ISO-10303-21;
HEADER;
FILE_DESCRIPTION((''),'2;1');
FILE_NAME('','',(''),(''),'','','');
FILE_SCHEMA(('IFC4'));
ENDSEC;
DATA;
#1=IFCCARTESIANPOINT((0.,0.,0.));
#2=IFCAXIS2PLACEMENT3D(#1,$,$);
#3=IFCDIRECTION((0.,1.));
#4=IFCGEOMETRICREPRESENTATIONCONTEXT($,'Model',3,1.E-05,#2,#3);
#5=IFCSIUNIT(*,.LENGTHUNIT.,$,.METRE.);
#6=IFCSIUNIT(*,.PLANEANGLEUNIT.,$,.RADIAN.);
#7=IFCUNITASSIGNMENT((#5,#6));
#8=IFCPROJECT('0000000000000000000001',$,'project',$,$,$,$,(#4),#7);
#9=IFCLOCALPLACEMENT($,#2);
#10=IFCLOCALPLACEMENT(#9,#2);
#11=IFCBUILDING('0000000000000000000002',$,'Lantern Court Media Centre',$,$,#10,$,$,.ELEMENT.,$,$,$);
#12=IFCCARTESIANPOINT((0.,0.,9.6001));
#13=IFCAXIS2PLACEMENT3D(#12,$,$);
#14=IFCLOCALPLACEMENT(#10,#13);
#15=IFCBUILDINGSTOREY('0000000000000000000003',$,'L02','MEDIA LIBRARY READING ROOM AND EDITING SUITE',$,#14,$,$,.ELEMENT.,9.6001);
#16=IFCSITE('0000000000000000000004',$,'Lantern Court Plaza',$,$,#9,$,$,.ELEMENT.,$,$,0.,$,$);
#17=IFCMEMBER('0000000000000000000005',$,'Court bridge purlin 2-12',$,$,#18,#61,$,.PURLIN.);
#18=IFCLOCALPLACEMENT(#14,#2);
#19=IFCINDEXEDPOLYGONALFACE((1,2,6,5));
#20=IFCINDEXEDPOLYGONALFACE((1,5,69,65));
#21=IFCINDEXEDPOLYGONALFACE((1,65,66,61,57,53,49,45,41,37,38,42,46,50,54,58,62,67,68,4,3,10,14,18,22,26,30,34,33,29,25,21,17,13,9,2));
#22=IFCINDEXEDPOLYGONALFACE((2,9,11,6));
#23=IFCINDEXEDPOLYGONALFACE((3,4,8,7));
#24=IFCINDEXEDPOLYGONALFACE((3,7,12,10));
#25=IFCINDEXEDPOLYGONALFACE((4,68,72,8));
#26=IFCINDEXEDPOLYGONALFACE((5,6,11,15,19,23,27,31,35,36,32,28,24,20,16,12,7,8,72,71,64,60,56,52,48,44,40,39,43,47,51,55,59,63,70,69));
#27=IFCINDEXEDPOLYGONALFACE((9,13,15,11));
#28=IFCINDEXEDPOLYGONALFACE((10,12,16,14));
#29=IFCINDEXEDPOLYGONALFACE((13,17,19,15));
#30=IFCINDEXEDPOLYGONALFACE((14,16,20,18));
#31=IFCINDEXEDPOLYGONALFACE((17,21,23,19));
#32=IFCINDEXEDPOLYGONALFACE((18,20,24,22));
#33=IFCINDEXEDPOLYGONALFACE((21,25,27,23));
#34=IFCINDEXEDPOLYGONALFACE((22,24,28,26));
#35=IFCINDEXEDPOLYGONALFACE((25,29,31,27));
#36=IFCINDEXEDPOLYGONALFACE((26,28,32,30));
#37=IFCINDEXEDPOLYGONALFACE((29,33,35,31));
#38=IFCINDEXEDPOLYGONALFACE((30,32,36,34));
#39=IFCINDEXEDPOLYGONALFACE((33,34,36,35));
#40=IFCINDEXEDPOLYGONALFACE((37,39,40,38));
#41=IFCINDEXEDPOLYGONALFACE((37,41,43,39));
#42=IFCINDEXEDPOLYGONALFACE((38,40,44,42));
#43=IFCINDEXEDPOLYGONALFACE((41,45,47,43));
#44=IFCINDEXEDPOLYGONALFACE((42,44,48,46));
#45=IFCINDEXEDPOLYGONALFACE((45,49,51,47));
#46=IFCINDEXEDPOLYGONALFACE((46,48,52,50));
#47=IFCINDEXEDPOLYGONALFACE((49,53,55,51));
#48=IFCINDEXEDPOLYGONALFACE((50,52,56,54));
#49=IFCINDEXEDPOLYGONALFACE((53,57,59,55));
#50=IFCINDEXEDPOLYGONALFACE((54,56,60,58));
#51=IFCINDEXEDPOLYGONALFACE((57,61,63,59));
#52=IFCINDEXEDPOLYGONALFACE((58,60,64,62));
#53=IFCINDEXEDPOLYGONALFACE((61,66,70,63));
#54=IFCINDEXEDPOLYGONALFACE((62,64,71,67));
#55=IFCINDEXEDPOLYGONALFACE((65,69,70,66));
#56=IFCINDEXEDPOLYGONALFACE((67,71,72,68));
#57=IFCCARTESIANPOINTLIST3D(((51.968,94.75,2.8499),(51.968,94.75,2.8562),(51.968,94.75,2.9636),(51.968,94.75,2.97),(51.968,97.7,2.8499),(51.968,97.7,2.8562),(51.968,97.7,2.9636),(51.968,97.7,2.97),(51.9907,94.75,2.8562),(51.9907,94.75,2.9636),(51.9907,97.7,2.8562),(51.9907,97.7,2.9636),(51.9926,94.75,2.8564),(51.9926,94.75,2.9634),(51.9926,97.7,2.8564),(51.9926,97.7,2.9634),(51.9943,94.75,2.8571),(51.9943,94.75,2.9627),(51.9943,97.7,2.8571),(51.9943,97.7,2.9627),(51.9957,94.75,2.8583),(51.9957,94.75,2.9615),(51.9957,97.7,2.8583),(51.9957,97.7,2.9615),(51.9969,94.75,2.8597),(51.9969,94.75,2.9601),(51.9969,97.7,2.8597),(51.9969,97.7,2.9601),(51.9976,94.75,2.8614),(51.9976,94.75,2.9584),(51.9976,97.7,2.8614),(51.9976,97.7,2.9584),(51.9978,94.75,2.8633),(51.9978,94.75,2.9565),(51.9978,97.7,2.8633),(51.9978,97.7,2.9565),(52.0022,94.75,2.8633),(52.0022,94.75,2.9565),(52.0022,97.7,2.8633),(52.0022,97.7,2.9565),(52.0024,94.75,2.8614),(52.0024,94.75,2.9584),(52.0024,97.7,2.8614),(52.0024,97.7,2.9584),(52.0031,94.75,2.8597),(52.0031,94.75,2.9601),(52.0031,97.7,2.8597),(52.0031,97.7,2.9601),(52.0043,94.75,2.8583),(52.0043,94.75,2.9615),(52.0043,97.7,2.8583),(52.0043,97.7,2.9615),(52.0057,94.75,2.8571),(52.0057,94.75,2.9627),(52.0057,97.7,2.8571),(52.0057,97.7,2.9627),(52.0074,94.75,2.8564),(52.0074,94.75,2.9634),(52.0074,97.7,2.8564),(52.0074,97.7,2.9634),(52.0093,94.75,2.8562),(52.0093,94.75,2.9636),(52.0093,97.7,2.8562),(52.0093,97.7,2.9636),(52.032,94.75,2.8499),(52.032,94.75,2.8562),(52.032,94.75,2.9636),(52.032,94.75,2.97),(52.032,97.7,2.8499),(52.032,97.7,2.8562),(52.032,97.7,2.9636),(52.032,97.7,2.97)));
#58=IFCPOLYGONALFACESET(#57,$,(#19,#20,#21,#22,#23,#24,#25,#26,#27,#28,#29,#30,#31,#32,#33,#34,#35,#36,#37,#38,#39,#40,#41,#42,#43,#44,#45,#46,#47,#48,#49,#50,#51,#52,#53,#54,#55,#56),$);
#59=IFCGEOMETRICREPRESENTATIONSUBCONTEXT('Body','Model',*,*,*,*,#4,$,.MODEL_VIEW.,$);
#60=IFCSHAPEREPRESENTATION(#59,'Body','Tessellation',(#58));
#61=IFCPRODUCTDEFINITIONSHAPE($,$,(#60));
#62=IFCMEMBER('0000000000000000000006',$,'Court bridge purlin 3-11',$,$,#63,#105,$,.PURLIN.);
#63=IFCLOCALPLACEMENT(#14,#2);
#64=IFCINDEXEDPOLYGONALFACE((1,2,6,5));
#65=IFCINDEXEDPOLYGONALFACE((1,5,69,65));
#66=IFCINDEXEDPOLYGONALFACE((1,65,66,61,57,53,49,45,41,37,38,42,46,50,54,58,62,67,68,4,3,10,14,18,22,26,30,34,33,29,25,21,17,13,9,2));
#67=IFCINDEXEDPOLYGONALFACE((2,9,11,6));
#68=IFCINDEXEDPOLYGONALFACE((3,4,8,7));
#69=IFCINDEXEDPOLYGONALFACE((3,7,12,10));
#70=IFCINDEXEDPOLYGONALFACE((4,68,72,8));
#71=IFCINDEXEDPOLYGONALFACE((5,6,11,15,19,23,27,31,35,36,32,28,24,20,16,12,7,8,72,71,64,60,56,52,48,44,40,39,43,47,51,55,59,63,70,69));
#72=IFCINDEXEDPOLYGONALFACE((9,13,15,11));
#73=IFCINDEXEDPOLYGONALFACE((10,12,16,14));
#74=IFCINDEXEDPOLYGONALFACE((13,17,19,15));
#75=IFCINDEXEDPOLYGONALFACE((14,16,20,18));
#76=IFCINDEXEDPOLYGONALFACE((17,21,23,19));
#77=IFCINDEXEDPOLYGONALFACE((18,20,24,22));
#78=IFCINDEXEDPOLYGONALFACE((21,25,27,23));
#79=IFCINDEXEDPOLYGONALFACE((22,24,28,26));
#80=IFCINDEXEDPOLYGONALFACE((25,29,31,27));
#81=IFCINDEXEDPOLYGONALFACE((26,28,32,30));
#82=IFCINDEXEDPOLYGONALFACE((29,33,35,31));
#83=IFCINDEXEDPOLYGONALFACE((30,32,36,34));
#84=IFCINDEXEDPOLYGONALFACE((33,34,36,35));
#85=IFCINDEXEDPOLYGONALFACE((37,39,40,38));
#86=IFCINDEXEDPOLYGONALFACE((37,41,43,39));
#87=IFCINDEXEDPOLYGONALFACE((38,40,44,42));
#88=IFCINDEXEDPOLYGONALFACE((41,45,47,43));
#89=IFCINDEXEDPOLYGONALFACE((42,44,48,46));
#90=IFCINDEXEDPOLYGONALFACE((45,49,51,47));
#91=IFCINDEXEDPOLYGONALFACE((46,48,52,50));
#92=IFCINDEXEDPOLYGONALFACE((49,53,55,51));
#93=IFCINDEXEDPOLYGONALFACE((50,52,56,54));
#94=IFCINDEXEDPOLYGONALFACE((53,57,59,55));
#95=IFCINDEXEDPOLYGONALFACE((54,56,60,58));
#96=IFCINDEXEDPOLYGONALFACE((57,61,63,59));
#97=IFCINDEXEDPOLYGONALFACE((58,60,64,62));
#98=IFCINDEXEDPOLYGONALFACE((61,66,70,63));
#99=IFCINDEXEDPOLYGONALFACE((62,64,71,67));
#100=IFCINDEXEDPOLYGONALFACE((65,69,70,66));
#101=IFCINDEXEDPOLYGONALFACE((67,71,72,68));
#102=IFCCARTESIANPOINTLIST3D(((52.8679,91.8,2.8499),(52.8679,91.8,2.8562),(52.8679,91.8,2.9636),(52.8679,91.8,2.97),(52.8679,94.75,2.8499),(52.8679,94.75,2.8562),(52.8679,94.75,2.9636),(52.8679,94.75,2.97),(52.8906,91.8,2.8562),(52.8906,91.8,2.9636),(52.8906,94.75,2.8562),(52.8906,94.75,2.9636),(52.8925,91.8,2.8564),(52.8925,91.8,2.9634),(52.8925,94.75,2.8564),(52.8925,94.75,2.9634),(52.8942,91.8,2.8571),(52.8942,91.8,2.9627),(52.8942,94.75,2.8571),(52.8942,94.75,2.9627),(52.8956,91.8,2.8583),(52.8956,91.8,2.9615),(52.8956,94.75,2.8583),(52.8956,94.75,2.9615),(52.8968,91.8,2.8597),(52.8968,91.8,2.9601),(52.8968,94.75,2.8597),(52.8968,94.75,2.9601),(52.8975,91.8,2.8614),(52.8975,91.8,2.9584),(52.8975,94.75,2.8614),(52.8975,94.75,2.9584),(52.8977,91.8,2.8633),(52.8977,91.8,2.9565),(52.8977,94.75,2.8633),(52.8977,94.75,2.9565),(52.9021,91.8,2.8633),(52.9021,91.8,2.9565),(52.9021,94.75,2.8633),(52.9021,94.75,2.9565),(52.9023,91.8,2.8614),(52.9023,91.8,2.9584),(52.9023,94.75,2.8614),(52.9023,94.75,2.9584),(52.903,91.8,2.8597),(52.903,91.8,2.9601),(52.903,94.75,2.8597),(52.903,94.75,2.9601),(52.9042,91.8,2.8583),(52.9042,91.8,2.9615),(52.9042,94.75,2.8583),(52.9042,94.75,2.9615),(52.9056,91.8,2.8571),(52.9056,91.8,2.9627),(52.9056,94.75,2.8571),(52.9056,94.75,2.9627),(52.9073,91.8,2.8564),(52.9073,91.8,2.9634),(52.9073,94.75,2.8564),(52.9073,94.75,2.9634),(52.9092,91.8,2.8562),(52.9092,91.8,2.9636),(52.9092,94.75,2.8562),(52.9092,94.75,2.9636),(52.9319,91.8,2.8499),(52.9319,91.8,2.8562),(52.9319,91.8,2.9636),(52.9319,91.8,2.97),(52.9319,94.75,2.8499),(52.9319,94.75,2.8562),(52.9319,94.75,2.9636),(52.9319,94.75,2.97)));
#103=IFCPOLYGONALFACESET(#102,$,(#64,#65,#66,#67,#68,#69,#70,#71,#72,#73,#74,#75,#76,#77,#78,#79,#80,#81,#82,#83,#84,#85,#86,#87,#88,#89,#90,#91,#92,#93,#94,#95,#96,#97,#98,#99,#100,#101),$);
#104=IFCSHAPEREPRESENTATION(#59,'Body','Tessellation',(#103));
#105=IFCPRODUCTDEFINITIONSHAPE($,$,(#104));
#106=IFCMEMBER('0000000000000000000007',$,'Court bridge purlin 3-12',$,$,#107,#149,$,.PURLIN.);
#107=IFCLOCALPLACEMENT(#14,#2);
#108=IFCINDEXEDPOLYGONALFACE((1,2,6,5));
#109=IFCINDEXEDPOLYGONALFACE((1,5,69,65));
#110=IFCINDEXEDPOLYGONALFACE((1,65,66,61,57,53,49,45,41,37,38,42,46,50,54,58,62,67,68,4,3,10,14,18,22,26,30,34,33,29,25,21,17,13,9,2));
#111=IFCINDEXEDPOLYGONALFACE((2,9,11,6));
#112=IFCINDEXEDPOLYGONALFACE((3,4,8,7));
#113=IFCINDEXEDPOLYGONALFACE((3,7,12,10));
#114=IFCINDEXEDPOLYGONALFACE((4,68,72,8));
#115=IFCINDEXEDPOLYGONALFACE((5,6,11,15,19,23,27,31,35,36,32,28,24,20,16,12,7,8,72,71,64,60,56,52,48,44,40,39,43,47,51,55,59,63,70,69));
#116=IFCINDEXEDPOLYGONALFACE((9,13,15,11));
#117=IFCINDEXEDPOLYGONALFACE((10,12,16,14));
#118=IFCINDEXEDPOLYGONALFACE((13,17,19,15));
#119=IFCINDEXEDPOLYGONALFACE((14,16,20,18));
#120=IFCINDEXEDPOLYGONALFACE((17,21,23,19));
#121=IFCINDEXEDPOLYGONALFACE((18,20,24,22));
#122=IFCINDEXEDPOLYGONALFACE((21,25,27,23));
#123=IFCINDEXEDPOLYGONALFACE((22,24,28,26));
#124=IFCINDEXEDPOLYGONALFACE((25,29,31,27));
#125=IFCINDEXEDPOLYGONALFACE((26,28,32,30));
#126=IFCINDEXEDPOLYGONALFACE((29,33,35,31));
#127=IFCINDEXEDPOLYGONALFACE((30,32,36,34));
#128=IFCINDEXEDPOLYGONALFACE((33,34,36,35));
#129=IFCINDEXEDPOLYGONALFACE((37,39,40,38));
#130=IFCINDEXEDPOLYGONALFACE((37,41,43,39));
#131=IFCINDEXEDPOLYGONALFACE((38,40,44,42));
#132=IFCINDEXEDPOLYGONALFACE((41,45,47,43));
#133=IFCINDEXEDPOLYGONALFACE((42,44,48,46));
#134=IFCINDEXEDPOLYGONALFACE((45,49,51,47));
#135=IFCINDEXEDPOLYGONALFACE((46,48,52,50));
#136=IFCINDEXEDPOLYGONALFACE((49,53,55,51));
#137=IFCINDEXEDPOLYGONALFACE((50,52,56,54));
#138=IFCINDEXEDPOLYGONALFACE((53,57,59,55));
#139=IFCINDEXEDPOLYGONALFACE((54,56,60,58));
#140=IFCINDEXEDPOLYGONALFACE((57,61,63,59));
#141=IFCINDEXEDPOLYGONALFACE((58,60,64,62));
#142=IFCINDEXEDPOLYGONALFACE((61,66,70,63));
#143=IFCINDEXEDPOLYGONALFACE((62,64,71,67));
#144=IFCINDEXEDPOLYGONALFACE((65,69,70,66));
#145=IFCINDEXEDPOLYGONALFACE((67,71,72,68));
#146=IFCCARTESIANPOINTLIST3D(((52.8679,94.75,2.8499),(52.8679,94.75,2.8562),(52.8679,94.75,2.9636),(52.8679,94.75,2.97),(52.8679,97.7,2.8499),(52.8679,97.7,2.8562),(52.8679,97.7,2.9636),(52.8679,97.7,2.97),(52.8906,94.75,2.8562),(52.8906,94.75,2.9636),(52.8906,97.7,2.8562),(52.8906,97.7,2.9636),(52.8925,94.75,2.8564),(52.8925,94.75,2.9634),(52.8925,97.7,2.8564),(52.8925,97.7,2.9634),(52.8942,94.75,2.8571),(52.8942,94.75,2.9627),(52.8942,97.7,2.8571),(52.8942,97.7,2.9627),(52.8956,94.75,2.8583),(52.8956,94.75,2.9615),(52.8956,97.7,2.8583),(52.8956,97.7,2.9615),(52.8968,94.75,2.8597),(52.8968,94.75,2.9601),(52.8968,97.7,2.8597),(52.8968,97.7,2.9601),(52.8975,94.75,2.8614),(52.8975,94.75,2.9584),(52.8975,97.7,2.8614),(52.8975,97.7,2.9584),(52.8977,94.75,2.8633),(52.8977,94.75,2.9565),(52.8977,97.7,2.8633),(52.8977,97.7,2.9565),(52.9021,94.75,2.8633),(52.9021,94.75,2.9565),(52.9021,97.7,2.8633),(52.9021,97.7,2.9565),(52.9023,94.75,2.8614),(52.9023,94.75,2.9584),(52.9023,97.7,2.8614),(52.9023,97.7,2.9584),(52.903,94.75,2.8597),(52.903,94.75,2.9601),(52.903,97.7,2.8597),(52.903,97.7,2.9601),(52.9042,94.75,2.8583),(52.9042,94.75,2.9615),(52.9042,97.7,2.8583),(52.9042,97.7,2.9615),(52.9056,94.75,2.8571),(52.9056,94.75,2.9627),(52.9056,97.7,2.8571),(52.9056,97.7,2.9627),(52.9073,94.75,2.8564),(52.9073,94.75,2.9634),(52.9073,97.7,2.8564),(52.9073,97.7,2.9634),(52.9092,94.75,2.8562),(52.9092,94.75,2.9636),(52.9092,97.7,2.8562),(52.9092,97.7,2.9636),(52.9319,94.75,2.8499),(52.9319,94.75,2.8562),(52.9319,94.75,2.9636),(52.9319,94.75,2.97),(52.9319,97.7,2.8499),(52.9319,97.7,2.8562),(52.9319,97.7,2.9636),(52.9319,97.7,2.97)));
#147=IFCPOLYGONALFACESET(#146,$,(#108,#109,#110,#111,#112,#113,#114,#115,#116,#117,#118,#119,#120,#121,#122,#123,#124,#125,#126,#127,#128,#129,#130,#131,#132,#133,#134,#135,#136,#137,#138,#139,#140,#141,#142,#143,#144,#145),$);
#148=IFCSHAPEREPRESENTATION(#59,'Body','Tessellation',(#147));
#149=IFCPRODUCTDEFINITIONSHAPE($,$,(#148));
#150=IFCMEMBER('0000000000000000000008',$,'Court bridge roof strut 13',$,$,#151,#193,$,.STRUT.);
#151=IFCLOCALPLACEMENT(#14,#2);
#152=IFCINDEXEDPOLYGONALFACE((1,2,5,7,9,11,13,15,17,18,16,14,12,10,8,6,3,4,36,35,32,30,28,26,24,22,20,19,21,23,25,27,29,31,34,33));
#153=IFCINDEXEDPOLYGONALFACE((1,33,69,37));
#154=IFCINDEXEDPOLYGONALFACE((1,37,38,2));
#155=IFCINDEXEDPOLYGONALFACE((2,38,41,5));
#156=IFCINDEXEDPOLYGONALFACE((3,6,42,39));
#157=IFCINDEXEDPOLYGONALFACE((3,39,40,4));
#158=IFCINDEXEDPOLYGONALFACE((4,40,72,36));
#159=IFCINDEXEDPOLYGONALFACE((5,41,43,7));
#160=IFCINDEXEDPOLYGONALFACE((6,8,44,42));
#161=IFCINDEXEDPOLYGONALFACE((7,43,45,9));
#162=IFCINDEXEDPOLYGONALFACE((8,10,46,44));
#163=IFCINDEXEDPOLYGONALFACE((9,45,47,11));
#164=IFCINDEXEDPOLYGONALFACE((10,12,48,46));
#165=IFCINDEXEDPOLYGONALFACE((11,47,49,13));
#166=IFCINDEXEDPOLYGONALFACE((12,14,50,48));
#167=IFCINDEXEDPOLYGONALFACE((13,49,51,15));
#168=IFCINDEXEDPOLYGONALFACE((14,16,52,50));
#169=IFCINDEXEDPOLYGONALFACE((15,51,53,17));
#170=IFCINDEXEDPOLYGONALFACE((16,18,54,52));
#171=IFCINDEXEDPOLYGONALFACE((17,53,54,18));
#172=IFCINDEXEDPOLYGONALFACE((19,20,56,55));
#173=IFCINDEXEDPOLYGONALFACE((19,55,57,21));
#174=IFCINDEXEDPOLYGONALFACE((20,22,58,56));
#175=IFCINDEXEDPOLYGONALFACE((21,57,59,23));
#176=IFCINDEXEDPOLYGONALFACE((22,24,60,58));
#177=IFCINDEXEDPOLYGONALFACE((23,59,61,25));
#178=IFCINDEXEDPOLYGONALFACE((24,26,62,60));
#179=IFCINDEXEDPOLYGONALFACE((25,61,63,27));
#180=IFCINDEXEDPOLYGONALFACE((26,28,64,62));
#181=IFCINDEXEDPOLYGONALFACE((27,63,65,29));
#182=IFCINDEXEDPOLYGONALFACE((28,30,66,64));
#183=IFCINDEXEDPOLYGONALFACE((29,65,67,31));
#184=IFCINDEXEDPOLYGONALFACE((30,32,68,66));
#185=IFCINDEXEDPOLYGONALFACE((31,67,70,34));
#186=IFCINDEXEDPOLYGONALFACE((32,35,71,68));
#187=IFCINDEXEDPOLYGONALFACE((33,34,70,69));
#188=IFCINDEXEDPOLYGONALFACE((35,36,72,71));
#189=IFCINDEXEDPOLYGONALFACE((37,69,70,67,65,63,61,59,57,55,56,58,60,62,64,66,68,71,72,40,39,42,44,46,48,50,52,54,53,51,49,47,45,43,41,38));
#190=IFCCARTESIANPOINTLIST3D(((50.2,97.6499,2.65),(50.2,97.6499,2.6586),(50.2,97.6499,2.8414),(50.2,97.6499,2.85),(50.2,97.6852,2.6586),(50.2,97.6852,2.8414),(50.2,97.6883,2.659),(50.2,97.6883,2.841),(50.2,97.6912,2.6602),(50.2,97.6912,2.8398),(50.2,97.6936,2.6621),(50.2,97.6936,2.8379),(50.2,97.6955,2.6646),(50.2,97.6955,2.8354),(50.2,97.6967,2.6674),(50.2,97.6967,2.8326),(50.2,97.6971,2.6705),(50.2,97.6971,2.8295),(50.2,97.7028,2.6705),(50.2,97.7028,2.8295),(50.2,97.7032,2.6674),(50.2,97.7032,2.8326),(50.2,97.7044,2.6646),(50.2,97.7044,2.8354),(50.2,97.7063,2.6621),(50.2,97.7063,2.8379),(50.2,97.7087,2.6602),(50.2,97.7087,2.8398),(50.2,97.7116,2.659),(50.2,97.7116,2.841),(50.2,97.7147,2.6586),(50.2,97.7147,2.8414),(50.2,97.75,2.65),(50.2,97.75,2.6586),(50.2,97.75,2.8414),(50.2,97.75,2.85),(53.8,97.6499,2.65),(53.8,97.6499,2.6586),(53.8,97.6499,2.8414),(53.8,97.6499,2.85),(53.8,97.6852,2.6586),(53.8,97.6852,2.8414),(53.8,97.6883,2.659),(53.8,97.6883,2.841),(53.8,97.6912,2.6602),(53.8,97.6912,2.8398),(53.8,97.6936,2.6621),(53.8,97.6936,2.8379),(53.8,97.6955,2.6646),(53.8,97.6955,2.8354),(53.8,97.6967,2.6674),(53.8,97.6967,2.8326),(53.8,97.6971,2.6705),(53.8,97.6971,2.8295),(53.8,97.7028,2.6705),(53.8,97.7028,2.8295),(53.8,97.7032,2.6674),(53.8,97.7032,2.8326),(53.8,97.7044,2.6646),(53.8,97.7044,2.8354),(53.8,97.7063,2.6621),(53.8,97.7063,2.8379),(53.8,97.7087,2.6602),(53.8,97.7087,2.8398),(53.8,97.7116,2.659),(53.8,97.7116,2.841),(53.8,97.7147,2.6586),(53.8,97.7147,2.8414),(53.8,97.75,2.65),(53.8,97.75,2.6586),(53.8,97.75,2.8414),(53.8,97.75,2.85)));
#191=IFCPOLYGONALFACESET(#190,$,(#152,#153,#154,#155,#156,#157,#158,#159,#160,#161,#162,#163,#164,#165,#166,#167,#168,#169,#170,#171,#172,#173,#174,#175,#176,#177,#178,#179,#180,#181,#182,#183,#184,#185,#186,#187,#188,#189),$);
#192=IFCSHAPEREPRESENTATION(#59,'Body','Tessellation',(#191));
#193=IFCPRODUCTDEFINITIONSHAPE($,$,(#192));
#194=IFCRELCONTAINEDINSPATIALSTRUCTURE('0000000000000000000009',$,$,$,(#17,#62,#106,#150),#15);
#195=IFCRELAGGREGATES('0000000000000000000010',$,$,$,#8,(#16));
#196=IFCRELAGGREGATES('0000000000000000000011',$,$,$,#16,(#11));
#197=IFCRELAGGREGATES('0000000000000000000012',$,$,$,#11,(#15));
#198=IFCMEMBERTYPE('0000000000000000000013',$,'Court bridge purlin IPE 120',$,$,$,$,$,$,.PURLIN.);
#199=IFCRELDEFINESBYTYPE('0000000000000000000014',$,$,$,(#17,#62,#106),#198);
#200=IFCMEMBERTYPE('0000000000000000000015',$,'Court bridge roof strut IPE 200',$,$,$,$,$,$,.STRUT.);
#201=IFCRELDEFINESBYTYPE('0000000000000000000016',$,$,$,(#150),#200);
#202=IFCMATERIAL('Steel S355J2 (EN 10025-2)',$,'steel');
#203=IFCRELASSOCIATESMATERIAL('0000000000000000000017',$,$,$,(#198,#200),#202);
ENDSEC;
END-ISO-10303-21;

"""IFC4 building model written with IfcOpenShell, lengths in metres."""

from ifc_helpers import new_model, si_unit, direction, frame, origin, origin_2d, place, context, subcontext, project, spatial, i_section, extrude, material, material_profile, profile_set, type_object, element, save


model = new_model("IFC4")

# Units and contexts
model_context = context("Model", 3, precision=1e-05, world=origin(), true_north=direction((0.0, 1.0)))
body_context = subcontext(model_context, "Body", "Model", "MODEL_VIEW")
ifc_project = project(units=[si_unit("LENGTHUNIT", "METRE"), si_unit("PLANEANGLEUNIT", "RADIAN")], contexts=[model_context])

# Site, building, storey
site_placement = place(None, origin())
site = spatial("IfcSite", under=ifc_project, at=site_placement, Name="Lantern Court Plaza", CompositionType="ELEMENT", RefElevation=0.0)
building_placement = place(site_placement, origin())
building = spatial("IfcBuilding", under=site, at=building_placement, Name="Lantern Court Media Centre", CompositionType="ELEMENT")
storey_placement = place(building_placement, frame((0.0, 0.0, 9.6001)))
storey = spatial("IfcBuildingStorey", under=building, at=storey_placement, Name="L02", Description="MEDIA LIBRARY READING ROOM AND EDITING SUITE", CompositionType="ELEMENT", Elevation=9.6001)

# Shared definitions
ifc_material_1 = material(Name="Steel S355J2 (EN 10025-2)", Category="steel")

# Members
ifc_material_profile_1 = material_profile(ifc_material_1, i_section(OverallWidth=0.064, OverallDepth=0.1201, WebThickness=0.0044, FlangeThickness=0.0063, FilletRadius=0.0071, at=origin_2d()), Name="IPE 120")
ifc_profile_set_1 = profile_set([ifc_material_profile_1], Name="Steel S355J2 (EN 10025-2)")
member_type_1 = type_object("IfcMemberType", Name="Court bridge purlin IPE 120", PredefinedType="PURLIN", material=ifc_profile_set_1)
for number, where, z_axis, x_axis, name in (
    (1, (52.0, 94.75, 2.9099), (0.0, 1.0, 0.0), (-1.0, 0.0, 0.0), "Court bridge purlin 2-12"),
    (2, (52.8999, 91.8, 2.9099), (0.0, 1.0, 0.0), (-1.0, 0.0, 0.0), "Court bridge purlin 3-11"),
    (3, (52.8999, 94.75, 2.9099), (0.0, 1.0, 0.0), (-1.0, 0.0, 0.0), "Court bridge purlin 3-12"),
):
    element("IfcMember", number, at=place(storey_placement, frame(where, z_axis=z_axis, x_axis=x_axis)), inside=storey, type_object=member_type_1, Name=name, PredefinedType="PURLIN", context=body_context, shape_type="SweptSolid", body=[
        extrude(i_section(OverallWidth=0.064, OverallDepth=0.1201, WebThickness=0.0044, FlangeThickness=0.0063, FilletRadius=0.0071, at=origin_2d()), origin(), (0.0, 0.0, 1.0), 2.95),
    ])
ifc_material_profile_2 = material_profile(ifc_material_1, i_section(OverallWidth=0.1001, OverallDepth=0.2, WebThickness=0.0056, FlangeThickness=0.0085, FilletRadius=0.012, at=origin_2d()), Name="IPE 200")
ifc_profile_set_2 = profile_set([ifc_material_profile_2], Name="Steel S355J2 (EN 10025-2)")
member_type_2 = type_object("IfcMemberType", Name="Court bridge roof strut IPE 200", PredefinedType="STRUT", material=ifc_profile_set_2)
member_1_placement = place(storey_placement, frame((50.2, 97.7, 2.75), z_axis=(1.0, 0.0, 0.0), x_axis=(0.0, 1.0, 0.0)))
element("IfcMember", 4, at=member_1_placement, inside=storey, type_object=member_type_2, Name="Court bridge roof strut 13", PredefinedType="STRUT", context=body_context, shape_type="SweptSolid", body=[
    extrude(i_section(OverallWidth=0.1001, OverallDepth=0.2, WebThickness=0.0056, FlangeThickness=0.0085, FilletRadius=0.012, at=origin_2d()), origin(), (0.0, 0.0, 1.0), 3.6001),
])

save(model, "model.ifc")
